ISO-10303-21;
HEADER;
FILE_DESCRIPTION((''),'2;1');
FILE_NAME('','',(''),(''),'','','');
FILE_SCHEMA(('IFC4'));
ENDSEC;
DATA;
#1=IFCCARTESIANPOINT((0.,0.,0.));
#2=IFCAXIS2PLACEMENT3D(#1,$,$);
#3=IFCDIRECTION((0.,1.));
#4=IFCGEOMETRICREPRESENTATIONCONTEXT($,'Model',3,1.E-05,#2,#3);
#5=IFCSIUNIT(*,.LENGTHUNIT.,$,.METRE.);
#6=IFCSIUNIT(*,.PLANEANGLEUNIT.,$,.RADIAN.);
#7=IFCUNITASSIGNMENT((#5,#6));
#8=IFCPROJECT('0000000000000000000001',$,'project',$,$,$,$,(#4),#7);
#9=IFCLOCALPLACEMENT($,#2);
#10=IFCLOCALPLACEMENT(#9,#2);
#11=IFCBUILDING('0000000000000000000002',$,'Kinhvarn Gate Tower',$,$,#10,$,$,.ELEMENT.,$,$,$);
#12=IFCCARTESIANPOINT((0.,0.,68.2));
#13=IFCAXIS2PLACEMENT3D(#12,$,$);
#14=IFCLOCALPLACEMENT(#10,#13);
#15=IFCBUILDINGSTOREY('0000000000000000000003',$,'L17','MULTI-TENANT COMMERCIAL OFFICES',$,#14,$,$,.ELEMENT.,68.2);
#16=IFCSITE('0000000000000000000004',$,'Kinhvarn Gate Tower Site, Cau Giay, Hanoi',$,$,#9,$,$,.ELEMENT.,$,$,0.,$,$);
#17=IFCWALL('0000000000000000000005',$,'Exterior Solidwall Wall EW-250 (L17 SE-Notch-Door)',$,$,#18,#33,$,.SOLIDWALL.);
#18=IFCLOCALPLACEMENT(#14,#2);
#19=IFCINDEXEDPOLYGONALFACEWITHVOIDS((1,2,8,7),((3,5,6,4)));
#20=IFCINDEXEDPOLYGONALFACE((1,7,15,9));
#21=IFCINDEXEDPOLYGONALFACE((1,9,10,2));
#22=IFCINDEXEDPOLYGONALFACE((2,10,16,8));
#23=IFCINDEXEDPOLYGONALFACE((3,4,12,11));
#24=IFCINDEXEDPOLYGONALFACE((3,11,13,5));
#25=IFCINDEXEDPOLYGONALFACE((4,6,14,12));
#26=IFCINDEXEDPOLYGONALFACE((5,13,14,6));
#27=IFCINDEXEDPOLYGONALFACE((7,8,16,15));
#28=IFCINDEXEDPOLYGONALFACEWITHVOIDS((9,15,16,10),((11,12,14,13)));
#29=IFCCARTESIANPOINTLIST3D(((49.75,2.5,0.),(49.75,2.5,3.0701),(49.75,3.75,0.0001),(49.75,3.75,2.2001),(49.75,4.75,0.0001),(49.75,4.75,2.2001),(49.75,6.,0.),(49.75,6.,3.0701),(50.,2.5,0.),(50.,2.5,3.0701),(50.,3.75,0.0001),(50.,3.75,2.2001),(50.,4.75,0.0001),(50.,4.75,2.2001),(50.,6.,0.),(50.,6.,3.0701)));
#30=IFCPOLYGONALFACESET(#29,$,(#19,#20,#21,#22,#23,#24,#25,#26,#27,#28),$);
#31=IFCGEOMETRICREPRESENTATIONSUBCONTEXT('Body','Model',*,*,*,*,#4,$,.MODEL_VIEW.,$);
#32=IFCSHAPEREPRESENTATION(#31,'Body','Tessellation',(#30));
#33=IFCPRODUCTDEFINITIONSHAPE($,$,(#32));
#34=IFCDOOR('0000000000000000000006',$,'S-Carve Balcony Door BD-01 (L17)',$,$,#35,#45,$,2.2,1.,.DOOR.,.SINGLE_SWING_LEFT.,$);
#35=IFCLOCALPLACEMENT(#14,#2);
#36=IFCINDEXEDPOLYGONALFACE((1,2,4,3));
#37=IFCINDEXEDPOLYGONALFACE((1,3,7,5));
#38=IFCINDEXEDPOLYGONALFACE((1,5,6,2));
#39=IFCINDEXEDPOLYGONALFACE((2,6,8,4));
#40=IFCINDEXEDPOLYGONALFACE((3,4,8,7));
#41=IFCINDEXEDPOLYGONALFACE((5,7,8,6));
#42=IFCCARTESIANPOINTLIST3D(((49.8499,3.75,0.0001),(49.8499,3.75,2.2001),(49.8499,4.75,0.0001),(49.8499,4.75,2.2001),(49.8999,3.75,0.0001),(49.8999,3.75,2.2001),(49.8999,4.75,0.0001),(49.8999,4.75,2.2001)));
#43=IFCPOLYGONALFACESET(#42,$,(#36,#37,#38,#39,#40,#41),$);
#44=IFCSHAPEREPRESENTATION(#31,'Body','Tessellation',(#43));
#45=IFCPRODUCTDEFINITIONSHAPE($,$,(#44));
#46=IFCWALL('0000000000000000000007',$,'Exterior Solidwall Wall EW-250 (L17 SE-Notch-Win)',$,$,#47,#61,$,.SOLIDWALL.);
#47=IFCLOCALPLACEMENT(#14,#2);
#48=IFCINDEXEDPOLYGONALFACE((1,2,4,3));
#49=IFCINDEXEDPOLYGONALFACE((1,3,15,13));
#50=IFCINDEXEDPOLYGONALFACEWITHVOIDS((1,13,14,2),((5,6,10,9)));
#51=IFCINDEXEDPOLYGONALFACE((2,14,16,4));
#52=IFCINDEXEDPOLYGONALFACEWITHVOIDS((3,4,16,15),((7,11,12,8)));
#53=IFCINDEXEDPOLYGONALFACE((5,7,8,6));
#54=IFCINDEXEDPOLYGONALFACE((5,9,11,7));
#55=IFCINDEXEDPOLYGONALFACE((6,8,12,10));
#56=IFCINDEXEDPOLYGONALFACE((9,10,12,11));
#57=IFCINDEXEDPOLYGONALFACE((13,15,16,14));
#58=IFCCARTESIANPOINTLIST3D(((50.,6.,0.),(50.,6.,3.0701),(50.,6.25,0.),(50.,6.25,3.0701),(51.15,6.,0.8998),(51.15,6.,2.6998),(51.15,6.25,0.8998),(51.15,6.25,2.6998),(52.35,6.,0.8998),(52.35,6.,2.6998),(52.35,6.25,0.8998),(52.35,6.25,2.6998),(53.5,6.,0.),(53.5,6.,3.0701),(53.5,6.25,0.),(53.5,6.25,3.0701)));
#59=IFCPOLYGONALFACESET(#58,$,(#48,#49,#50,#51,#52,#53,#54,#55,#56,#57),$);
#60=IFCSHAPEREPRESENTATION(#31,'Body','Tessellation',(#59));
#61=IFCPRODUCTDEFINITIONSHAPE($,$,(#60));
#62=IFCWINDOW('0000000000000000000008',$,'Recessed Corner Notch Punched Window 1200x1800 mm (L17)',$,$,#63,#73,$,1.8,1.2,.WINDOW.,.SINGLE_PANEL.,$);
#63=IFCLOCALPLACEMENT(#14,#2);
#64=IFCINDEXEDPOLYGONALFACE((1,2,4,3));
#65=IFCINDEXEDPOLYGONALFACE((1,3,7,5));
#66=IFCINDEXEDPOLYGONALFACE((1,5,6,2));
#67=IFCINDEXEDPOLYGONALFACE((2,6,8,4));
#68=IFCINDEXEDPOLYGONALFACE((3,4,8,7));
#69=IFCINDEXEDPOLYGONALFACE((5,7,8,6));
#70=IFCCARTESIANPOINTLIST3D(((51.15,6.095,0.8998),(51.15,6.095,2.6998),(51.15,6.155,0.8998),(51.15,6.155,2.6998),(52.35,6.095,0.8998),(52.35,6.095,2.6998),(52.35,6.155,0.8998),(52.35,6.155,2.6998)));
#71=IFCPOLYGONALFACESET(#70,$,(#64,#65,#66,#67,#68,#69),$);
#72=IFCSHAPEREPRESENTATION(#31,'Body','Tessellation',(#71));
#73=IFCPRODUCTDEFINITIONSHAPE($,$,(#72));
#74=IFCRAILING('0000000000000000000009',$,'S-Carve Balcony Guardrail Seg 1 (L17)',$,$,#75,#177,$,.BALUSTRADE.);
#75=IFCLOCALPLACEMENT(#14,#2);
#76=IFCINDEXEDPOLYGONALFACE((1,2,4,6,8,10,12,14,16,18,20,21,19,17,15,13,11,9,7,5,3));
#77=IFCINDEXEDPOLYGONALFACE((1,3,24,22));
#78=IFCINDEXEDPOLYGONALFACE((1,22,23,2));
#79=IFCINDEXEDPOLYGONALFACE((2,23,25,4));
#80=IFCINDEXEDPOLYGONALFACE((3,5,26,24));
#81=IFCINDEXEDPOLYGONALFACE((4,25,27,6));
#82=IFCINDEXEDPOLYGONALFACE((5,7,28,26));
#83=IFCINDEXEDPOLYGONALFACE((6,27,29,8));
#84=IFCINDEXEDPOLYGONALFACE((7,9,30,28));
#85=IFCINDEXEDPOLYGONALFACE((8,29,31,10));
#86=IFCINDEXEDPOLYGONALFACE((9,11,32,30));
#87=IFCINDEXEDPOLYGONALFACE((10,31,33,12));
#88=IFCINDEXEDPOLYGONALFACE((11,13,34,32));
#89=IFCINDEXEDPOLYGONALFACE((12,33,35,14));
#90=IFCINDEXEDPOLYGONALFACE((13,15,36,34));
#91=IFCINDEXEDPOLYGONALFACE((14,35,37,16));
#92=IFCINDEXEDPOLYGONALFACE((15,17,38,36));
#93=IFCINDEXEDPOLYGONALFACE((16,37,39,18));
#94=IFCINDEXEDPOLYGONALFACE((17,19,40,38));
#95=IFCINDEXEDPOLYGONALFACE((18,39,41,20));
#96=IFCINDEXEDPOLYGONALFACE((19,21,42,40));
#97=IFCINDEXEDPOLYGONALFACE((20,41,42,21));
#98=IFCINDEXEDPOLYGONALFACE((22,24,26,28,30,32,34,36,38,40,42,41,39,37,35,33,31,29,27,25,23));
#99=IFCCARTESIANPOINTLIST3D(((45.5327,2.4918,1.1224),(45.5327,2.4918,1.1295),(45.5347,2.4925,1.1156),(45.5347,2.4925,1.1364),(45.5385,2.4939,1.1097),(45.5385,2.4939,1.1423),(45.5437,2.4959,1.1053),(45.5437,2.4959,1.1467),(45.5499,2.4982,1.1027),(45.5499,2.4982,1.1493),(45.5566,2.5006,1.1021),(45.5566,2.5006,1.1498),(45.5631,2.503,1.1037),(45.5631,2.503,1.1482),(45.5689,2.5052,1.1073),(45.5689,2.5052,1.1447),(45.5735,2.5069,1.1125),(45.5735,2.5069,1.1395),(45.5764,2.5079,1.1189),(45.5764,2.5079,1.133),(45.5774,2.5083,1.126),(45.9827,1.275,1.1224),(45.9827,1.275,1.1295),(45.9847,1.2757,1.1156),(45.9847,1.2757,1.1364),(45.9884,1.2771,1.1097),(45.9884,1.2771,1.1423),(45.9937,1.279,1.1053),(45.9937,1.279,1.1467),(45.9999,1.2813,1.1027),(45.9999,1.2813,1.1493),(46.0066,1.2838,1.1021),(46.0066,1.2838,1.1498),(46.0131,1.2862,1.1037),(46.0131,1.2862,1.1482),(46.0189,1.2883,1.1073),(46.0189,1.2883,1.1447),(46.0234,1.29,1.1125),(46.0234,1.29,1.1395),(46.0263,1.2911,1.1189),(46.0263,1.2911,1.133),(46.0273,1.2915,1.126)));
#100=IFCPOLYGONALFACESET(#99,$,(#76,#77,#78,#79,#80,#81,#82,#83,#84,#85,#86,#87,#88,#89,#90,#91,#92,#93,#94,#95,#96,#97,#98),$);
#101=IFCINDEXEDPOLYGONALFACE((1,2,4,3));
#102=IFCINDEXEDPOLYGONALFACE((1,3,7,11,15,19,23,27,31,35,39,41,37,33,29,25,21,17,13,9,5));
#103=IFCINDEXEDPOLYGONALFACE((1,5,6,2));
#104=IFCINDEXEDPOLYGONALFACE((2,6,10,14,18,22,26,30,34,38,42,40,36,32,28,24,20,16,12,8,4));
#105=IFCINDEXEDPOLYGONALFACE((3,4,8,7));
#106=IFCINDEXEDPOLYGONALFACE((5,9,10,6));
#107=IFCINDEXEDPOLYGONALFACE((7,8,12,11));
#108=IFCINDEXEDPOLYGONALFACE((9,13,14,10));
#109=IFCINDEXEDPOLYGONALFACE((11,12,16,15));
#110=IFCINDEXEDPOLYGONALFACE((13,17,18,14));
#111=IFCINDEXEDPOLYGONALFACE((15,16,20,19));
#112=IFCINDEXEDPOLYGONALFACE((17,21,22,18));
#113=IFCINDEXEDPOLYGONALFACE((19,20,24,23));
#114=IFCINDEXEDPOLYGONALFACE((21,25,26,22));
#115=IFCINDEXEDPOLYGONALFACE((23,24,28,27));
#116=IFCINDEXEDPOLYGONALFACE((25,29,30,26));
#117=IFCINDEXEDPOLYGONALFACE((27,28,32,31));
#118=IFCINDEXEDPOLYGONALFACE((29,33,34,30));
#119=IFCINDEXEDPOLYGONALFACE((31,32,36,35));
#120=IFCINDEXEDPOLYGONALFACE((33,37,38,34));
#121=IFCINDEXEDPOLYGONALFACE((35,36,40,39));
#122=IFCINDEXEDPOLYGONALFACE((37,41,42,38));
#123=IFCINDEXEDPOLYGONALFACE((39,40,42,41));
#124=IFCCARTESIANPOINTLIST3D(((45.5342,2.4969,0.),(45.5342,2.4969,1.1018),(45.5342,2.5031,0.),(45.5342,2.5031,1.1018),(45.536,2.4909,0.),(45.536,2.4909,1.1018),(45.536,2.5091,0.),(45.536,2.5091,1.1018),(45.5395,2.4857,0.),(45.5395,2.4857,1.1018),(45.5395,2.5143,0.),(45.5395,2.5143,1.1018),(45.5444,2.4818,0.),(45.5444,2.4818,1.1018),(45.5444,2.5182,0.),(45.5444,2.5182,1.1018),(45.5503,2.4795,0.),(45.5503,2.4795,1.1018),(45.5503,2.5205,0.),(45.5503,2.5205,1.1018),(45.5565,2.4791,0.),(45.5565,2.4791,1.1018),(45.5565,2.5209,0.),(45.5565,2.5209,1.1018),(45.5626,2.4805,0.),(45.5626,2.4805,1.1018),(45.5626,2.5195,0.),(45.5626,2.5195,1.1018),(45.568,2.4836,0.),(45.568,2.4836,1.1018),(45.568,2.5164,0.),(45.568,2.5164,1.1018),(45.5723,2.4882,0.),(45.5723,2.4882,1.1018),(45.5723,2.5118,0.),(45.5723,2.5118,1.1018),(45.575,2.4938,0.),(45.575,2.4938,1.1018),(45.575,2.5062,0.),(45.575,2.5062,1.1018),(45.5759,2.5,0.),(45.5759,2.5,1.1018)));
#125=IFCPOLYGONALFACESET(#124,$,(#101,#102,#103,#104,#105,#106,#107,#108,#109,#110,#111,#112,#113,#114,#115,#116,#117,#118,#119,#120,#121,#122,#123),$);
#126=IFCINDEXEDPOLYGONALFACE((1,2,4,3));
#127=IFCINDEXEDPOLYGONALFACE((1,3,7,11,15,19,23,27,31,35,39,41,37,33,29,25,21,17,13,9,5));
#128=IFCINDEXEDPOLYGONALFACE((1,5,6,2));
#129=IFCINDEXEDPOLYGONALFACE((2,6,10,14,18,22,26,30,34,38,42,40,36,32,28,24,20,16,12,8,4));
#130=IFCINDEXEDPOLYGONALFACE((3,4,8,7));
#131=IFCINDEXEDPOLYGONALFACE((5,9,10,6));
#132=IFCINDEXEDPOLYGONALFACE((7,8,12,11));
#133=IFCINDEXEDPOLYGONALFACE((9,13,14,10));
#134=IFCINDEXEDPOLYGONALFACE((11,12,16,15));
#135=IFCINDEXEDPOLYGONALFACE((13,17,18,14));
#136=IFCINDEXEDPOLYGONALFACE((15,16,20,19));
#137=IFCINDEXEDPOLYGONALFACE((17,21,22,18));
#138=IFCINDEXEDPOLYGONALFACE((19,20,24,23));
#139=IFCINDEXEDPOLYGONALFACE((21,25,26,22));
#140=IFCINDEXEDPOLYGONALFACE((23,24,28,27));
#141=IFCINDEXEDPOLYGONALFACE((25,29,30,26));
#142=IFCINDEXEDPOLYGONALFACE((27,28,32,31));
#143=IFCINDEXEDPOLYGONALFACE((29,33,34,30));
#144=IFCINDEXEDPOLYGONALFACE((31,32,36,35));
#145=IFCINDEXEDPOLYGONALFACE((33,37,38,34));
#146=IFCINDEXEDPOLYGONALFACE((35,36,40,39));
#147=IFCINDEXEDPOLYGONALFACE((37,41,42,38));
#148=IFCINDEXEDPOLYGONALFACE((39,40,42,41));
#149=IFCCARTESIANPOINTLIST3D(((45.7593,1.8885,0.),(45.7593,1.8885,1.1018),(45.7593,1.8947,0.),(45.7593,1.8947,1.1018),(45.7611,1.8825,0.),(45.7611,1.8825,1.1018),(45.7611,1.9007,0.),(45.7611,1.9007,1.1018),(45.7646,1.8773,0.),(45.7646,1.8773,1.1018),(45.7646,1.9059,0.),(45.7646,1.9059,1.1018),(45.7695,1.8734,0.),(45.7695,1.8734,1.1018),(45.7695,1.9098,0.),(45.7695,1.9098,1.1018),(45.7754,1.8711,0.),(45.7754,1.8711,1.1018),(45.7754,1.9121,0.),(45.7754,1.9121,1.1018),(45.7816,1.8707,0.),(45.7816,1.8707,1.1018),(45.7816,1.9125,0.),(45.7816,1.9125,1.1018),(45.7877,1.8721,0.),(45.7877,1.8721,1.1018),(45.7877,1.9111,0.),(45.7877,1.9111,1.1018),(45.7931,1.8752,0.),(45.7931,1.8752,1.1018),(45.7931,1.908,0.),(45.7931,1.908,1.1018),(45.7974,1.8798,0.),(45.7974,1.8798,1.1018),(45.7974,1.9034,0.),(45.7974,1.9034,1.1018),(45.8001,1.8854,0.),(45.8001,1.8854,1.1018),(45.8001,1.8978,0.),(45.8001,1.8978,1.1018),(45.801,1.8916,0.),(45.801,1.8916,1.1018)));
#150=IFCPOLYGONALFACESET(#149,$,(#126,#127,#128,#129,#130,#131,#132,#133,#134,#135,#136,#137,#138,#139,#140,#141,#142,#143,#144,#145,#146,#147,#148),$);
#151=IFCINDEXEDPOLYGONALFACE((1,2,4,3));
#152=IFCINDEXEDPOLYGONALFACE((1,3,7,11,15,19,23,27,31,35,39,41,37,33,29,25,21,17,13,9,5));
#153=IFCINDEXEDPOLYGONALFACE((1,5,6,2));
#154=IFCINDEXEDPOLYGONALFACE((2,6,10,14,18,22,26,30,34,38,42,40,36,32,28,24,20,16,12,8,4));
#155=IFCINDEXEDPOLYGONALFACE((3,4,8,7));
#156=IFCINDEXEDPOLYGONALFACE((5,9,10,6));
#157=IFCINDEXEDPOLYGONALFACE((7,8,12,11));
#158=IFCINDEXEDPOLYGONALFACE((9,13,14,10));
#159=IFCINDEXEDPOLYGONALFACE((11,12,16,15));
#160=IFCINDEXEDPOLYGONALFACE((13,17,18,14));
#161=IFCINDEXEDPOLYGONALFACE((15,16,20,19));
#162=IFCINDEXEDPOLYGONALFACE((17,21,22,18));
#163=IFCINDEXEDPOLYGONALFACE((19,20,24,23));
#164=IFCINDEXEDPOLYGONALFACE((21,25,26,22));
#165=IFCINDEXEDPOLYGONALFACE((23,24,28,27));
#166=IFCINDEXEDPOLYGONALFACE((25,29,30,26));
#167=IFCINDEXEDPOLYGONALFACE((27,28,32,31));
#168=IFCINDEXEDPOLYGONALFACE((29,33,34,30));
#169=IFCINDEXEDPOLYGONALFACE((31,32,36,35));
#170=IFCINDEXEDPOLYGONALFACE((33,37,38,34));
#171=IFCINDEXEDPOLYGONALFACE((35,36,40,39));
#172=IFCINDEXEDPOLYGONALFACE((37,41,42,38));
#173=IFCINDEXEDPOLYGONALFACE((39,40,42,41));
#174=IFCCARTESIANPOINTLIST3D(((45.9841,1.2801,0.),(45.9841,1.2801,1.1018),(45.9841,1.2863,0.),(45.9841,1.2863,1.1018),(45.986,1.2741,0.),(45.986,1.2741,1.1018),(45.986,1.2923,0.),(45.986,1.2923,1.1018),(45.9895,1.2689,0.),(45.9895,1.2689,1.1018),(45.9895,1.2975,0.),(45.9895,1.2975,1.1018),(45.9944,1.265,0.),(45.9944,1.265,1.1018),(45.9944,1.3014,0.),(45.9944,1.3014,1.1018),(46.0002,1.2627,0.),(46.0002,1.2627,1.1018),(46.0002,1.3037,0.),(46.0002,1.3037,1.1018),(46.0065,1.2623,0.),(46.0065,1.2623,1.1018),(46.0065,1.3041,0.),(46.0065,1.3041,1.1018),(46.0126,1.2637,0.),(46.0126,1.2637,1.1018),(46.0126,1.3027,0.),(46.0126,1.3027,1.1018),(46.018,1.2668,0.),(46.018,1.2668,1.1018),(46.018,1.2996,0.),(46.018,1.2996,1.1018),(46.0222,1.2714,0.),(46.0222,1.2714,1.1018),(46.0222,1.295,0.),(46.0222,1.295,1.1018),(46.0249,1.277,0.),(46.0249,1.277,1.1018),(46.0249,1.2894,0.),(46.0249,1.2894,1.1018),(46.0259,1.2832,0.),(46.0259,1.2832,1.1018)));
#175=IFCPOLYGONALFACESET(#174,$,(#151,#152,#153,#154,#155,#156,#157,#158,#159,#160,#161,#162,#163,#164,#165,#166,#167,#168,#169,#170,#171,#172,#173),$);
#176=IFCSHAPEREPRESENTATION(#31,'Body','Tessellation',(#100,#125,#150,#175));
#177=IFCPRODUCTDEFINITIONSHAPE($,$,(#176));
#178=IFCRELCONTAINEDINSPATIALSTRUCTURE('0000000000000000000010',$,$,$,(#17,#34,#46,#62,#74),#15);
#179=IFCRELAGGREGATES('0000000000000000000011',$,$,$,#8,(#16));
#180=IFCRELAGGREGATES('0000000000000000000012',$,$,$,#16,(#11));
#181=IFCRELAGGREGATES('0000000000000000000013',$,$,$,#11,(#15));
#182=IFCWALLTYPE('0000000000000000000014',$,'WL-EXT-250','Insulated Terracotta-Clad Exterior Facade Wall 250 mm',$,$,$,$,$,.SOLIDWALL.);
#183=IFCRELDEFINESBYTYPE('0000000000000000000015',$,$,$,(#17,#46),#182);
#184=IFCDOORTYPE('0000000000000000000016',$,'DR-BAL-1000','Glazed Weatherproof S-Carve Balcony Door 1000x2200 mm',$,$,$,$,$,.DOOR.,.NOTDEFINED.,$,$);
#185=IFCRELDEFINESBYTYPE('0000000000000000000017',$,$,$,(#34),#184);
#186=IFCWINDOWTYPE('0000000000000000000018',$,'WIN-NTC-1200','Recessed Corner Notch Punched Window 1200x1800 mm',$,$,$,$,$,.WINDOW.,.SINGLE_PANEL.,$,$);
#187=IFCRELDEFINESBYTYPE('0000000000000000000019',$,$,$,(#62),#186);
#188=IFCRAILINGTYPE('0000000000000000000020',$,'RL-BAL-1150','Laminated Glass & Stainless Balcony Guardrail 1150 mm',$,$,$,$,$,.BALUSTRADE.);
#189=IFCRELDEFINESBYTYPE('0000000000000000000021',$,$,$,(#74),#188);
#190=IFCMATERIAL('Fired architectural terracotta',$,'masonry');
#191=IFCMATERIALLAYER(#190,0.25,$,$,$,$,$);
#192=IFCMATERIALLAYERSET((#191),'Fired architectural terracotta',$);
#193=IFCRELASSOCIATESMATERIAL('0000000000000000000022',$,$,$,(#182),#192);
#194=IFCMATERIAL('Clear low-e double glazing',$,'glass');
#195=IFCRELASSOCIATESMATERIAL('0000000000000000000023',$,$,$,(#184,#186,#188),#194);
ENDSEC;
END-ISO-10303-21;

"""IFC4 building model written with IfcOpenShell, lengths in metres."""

from ifc_helpers import new_model, si_unit, direction, frame, frame_2d, origin, origin_2d, place, context, subcontext, project, spatial, rectangle, circle, extrude, material, layer, layer_set, type_object, element, fill, save


model = new_model("IFC4")

# Units and contexts
model_context = context("Model", 3, precision=1e-05, world=origin(), true_north=direction((0.0, 1.0)))
body_context = subcontext(model_context, "Body", "Model", "MODEL_VIEW")
ifc_project = project(units=[si_unit("LENGTHUNIT", "METRE"), si_unit("PLANEANGLEUNIT", "RADIAN")], contexts=[model_context])

# Site, building, storey
site_placement = place(None, origin())
site = spatial("IfcSite", under=ifc_project, at=site_placement, Name="Kinhvarn Gate Tower Site, Cau Giay, Hanoi", CompositionType="ELEMENT", RefElevation=0.0)
building_placement = place(site_placement, origin())
building = spatial("IfcBuilding", under=site, at=building_placement, Name="Kinhvarn Gate Tower", CompositionType="ELEMENT")
storey_placement = place(building_placement, frame((0.0, 0.0, 68.2)))
storey = spatial("IfcBuildingStorey", under=building, at=storey_placement, Name="L17", Description="MULTI-TENANT COMMERCIAL OFFICES", CompositionType="ELEMENT", Elevation=68.2)

# Shared definitions
ifc_material_1 = material(Name="Clear low-e double glazing", Category="glass")

# Wall, opening, door
ifc_material_2 = material(Name="Fired architectural terracotta", Category="masonry")
ifc_layer_1 = layer(ifc_material_2, 0.25)
ifc_layer_set_1 = layer_set([ifc_layer_1], Name="Fired architectural terracotta")
wall_type = type_object("IfcWallType", Name="WL-EXT-250", Description="Insulated Terracotta-Clad Exterior Facade Wall 250 mm", PredefinedType="SOLIDWALL", material=ifc_layer_set_1)
wall_1_placement = place(storey_placement, frame((49.875, 2.5, 0.0), z_axis=(0.0, 0.0, 1.0), x_axis=(0.0, 1.0, 0.0)))
wall_1 = element("IfcWall", 1, at=wall_1_placement, inside=storey, type_object=wall_type, Name="Exterior Solidwall Wall EW-250 (L17 SE-Notch-Door)", PredefinedType="SOLIDWALL", context=body_context, shape_type="SweptSolid", body=[
    extrude(rectangle(XDim=3.5, YDim=0.25, at=frame_2d((1.75, 0.0))), origin(), (0.0, 0.0, 1.0), 3.0701),
])
opening_1_placement = place(wall_1_placement, frame((1.25, 0.0, 0.0)))
opening_1 = element("IfcOpeningElement", 2, at=opening_1_placement, cuts=wall_1, PredefinedType="OPENING", context=body_context, shape_type="SweptSolid", body=[
    extrude(rectangle(XDim=1.0, YDim=2.2, at=frame_2d((0.5, 1.1001))), frame((0.0, 0.135, 0.0), z_axis=(0.0, -1.0, 0.0), x_axis=(1.0, 0.0, 0.0)), (0.0, 0.0, 1.0), 0.27),
])
door_type = type_object("IfcDoorType", Name="DR-BAL-1000", Description="Glazed Weatherproof S-Carve Balcony Door 1000x2200 mm", OperationType="NOTDEFINED", PredefinedType="DOOR", material=ifc_material_1)
door_placement = place(opening_1_placement, frame((1.0, 0.0, 0.0), z_axis=(0.0, 0.0, 1.0), x_axis=(-1.0, 0.0, 0.0)))
door = element("IfcDoor", 3, at=door_placement, inside=storey, type_object=door_type, Name="S-Carve Balcony Door BD-01 (L17)", OperationType="SINGLE_SWING_LEFT", OverallHeight=2.2, OverallWidth=1.0, PredefinedType="DOOR", context=body_context, shape_type="SweptSolid", body=[
    extrude(rectangle(XDim=1.0, YDim=2.2, at=frame_2d((0.5, 1.1001))), frame((0.0, 0.0249, 0.0), z_axis=(0.0, -1.0, 0.0), x_axis=(1.0, 0.0, 0.0)), (0.0, 0.0, 1.0), 0.05),
])
fill(opening_1, door)

# Wall, opening, window
wall_2_placement = place(storey_placement, frame((50.0, 6.125, 0.0), z_axis=(0.0, 0.0, 1.0), x_axis=(1.0, 0.0, 0.0)))
wall_2 = element("IfcWall", 4, at=wall_2_placement, inside=storey, type_object=wall_type, Name="Exterior Solidwall Wall EW-250 (L17 SE-Notch-Win)", PredefinedType="SOLIDWALL", context=body_context, shape_type="SweptSolid", body=[
    extrude(rectangle(XDim=3.5, YDim=0.25, at=frame_2d((1.75, 0.0))), origin(), (0.0, 0.0, 1.0), 3.0701),
])
opening_2_placement = place(wall_2_placement, frame((1.1499, 0.0, 0.8999)))
opening_2 = element("IfcOpeningElement", 5, at=opening_2_placement, cuts=wall_2, PredefinedType="OPENING", context=body_context, shape_type="SweptSolid", body=[
    extrude(rectangle(XDim=1.2, YDim=1.8, at=frame_2d((0.6001, 0.8999))), frame((0.0, 0.135, 0.0), z_axis=(0.0, -1.0, 0.0), x_axis=(1.0, 0.0, 0.0)), (0.0, 0.0, 1.0), 0.27),
])
window_type = type_object("IfcWindowType", Name="WIN-NTC-1200", Description="Recessed Corner Notch Punched Window 1200x1800 mm", PartitioningType="SINGLE_PANEL", PredefinedType="WINDOW", material=ifc_material_1)
window_placement = place(opening_2_placement, origin())
window = element("IfcWindow", 6, at=window_placement, inside=storey, type_object=window_type, Name="Recessed Corner Notch Punched Window 1200x1800 mm (L17)", OverallHeight=1.8, OverallWidth=1.2, PartitioningType="SINGLE_PANEL", PredefinedType="WINDOW", context=body_context, shape_type="SweptSolid", body=[
    extrude(rectangle(XDim=1.2, YDim=1.8, at=frame_2d((0.6001, 0.8999))), frame((0.0, 0.03, 0.0), z_axis=(0.0, -1.0, 0.0), x_axis=(1.0, 0.0, 0.0)), (0.0, 0.0, 1.0), 0.0601),
])
fill(opening_2, window)

# Railing
railing_type = type_object("IfcRailingType", Name="RL-BAL-1150", Description="Laminated Glass & Stainless Balcony Guardrail 1150 mm", PredefinedType="BALUSTRADE", material=ifc_material_1)
railing_1_placement = place(storey_placement, frame((45.5549, 2.5, 0.0)))
element("IfcRailing", 7, at=railing_1_placement, inside=storey, type_object=railing_type, Name="S-Carve Balcony Guardrail Seg 1 (L17)", PredefinedType="BALUSTRADE", context=body_context, shape_type="SweptSolid", body=[
    extrude(circle(Radius=0.0239, at=origin_2d()), frame((0.0, 0.0, 1.126), z_axis=(0.34683, -0.937928, 0.0), x_axis=(0.937928, 0.34683, 0.0)), (0.0, 0.0, 1.0), 1.2974),
    extrude(circle(Radius=0.021, at=origin_2d()), origin(), (0.0, 0.0, 1.0), 1.1018),
    extrude(circle(Radius=0.021, at=origin_2d()), frame((0.2251, -0.6084, 0.0)), (0.0, 0.0, 1.0), 1.1018),
    extrude(circle(Radius=0.021, at=origin_2d()), frame((0.45, -1.2168, 0.0)), (0.0, 0.0, 1.0), 1.1018),
])

save(model, "model.ifc")
